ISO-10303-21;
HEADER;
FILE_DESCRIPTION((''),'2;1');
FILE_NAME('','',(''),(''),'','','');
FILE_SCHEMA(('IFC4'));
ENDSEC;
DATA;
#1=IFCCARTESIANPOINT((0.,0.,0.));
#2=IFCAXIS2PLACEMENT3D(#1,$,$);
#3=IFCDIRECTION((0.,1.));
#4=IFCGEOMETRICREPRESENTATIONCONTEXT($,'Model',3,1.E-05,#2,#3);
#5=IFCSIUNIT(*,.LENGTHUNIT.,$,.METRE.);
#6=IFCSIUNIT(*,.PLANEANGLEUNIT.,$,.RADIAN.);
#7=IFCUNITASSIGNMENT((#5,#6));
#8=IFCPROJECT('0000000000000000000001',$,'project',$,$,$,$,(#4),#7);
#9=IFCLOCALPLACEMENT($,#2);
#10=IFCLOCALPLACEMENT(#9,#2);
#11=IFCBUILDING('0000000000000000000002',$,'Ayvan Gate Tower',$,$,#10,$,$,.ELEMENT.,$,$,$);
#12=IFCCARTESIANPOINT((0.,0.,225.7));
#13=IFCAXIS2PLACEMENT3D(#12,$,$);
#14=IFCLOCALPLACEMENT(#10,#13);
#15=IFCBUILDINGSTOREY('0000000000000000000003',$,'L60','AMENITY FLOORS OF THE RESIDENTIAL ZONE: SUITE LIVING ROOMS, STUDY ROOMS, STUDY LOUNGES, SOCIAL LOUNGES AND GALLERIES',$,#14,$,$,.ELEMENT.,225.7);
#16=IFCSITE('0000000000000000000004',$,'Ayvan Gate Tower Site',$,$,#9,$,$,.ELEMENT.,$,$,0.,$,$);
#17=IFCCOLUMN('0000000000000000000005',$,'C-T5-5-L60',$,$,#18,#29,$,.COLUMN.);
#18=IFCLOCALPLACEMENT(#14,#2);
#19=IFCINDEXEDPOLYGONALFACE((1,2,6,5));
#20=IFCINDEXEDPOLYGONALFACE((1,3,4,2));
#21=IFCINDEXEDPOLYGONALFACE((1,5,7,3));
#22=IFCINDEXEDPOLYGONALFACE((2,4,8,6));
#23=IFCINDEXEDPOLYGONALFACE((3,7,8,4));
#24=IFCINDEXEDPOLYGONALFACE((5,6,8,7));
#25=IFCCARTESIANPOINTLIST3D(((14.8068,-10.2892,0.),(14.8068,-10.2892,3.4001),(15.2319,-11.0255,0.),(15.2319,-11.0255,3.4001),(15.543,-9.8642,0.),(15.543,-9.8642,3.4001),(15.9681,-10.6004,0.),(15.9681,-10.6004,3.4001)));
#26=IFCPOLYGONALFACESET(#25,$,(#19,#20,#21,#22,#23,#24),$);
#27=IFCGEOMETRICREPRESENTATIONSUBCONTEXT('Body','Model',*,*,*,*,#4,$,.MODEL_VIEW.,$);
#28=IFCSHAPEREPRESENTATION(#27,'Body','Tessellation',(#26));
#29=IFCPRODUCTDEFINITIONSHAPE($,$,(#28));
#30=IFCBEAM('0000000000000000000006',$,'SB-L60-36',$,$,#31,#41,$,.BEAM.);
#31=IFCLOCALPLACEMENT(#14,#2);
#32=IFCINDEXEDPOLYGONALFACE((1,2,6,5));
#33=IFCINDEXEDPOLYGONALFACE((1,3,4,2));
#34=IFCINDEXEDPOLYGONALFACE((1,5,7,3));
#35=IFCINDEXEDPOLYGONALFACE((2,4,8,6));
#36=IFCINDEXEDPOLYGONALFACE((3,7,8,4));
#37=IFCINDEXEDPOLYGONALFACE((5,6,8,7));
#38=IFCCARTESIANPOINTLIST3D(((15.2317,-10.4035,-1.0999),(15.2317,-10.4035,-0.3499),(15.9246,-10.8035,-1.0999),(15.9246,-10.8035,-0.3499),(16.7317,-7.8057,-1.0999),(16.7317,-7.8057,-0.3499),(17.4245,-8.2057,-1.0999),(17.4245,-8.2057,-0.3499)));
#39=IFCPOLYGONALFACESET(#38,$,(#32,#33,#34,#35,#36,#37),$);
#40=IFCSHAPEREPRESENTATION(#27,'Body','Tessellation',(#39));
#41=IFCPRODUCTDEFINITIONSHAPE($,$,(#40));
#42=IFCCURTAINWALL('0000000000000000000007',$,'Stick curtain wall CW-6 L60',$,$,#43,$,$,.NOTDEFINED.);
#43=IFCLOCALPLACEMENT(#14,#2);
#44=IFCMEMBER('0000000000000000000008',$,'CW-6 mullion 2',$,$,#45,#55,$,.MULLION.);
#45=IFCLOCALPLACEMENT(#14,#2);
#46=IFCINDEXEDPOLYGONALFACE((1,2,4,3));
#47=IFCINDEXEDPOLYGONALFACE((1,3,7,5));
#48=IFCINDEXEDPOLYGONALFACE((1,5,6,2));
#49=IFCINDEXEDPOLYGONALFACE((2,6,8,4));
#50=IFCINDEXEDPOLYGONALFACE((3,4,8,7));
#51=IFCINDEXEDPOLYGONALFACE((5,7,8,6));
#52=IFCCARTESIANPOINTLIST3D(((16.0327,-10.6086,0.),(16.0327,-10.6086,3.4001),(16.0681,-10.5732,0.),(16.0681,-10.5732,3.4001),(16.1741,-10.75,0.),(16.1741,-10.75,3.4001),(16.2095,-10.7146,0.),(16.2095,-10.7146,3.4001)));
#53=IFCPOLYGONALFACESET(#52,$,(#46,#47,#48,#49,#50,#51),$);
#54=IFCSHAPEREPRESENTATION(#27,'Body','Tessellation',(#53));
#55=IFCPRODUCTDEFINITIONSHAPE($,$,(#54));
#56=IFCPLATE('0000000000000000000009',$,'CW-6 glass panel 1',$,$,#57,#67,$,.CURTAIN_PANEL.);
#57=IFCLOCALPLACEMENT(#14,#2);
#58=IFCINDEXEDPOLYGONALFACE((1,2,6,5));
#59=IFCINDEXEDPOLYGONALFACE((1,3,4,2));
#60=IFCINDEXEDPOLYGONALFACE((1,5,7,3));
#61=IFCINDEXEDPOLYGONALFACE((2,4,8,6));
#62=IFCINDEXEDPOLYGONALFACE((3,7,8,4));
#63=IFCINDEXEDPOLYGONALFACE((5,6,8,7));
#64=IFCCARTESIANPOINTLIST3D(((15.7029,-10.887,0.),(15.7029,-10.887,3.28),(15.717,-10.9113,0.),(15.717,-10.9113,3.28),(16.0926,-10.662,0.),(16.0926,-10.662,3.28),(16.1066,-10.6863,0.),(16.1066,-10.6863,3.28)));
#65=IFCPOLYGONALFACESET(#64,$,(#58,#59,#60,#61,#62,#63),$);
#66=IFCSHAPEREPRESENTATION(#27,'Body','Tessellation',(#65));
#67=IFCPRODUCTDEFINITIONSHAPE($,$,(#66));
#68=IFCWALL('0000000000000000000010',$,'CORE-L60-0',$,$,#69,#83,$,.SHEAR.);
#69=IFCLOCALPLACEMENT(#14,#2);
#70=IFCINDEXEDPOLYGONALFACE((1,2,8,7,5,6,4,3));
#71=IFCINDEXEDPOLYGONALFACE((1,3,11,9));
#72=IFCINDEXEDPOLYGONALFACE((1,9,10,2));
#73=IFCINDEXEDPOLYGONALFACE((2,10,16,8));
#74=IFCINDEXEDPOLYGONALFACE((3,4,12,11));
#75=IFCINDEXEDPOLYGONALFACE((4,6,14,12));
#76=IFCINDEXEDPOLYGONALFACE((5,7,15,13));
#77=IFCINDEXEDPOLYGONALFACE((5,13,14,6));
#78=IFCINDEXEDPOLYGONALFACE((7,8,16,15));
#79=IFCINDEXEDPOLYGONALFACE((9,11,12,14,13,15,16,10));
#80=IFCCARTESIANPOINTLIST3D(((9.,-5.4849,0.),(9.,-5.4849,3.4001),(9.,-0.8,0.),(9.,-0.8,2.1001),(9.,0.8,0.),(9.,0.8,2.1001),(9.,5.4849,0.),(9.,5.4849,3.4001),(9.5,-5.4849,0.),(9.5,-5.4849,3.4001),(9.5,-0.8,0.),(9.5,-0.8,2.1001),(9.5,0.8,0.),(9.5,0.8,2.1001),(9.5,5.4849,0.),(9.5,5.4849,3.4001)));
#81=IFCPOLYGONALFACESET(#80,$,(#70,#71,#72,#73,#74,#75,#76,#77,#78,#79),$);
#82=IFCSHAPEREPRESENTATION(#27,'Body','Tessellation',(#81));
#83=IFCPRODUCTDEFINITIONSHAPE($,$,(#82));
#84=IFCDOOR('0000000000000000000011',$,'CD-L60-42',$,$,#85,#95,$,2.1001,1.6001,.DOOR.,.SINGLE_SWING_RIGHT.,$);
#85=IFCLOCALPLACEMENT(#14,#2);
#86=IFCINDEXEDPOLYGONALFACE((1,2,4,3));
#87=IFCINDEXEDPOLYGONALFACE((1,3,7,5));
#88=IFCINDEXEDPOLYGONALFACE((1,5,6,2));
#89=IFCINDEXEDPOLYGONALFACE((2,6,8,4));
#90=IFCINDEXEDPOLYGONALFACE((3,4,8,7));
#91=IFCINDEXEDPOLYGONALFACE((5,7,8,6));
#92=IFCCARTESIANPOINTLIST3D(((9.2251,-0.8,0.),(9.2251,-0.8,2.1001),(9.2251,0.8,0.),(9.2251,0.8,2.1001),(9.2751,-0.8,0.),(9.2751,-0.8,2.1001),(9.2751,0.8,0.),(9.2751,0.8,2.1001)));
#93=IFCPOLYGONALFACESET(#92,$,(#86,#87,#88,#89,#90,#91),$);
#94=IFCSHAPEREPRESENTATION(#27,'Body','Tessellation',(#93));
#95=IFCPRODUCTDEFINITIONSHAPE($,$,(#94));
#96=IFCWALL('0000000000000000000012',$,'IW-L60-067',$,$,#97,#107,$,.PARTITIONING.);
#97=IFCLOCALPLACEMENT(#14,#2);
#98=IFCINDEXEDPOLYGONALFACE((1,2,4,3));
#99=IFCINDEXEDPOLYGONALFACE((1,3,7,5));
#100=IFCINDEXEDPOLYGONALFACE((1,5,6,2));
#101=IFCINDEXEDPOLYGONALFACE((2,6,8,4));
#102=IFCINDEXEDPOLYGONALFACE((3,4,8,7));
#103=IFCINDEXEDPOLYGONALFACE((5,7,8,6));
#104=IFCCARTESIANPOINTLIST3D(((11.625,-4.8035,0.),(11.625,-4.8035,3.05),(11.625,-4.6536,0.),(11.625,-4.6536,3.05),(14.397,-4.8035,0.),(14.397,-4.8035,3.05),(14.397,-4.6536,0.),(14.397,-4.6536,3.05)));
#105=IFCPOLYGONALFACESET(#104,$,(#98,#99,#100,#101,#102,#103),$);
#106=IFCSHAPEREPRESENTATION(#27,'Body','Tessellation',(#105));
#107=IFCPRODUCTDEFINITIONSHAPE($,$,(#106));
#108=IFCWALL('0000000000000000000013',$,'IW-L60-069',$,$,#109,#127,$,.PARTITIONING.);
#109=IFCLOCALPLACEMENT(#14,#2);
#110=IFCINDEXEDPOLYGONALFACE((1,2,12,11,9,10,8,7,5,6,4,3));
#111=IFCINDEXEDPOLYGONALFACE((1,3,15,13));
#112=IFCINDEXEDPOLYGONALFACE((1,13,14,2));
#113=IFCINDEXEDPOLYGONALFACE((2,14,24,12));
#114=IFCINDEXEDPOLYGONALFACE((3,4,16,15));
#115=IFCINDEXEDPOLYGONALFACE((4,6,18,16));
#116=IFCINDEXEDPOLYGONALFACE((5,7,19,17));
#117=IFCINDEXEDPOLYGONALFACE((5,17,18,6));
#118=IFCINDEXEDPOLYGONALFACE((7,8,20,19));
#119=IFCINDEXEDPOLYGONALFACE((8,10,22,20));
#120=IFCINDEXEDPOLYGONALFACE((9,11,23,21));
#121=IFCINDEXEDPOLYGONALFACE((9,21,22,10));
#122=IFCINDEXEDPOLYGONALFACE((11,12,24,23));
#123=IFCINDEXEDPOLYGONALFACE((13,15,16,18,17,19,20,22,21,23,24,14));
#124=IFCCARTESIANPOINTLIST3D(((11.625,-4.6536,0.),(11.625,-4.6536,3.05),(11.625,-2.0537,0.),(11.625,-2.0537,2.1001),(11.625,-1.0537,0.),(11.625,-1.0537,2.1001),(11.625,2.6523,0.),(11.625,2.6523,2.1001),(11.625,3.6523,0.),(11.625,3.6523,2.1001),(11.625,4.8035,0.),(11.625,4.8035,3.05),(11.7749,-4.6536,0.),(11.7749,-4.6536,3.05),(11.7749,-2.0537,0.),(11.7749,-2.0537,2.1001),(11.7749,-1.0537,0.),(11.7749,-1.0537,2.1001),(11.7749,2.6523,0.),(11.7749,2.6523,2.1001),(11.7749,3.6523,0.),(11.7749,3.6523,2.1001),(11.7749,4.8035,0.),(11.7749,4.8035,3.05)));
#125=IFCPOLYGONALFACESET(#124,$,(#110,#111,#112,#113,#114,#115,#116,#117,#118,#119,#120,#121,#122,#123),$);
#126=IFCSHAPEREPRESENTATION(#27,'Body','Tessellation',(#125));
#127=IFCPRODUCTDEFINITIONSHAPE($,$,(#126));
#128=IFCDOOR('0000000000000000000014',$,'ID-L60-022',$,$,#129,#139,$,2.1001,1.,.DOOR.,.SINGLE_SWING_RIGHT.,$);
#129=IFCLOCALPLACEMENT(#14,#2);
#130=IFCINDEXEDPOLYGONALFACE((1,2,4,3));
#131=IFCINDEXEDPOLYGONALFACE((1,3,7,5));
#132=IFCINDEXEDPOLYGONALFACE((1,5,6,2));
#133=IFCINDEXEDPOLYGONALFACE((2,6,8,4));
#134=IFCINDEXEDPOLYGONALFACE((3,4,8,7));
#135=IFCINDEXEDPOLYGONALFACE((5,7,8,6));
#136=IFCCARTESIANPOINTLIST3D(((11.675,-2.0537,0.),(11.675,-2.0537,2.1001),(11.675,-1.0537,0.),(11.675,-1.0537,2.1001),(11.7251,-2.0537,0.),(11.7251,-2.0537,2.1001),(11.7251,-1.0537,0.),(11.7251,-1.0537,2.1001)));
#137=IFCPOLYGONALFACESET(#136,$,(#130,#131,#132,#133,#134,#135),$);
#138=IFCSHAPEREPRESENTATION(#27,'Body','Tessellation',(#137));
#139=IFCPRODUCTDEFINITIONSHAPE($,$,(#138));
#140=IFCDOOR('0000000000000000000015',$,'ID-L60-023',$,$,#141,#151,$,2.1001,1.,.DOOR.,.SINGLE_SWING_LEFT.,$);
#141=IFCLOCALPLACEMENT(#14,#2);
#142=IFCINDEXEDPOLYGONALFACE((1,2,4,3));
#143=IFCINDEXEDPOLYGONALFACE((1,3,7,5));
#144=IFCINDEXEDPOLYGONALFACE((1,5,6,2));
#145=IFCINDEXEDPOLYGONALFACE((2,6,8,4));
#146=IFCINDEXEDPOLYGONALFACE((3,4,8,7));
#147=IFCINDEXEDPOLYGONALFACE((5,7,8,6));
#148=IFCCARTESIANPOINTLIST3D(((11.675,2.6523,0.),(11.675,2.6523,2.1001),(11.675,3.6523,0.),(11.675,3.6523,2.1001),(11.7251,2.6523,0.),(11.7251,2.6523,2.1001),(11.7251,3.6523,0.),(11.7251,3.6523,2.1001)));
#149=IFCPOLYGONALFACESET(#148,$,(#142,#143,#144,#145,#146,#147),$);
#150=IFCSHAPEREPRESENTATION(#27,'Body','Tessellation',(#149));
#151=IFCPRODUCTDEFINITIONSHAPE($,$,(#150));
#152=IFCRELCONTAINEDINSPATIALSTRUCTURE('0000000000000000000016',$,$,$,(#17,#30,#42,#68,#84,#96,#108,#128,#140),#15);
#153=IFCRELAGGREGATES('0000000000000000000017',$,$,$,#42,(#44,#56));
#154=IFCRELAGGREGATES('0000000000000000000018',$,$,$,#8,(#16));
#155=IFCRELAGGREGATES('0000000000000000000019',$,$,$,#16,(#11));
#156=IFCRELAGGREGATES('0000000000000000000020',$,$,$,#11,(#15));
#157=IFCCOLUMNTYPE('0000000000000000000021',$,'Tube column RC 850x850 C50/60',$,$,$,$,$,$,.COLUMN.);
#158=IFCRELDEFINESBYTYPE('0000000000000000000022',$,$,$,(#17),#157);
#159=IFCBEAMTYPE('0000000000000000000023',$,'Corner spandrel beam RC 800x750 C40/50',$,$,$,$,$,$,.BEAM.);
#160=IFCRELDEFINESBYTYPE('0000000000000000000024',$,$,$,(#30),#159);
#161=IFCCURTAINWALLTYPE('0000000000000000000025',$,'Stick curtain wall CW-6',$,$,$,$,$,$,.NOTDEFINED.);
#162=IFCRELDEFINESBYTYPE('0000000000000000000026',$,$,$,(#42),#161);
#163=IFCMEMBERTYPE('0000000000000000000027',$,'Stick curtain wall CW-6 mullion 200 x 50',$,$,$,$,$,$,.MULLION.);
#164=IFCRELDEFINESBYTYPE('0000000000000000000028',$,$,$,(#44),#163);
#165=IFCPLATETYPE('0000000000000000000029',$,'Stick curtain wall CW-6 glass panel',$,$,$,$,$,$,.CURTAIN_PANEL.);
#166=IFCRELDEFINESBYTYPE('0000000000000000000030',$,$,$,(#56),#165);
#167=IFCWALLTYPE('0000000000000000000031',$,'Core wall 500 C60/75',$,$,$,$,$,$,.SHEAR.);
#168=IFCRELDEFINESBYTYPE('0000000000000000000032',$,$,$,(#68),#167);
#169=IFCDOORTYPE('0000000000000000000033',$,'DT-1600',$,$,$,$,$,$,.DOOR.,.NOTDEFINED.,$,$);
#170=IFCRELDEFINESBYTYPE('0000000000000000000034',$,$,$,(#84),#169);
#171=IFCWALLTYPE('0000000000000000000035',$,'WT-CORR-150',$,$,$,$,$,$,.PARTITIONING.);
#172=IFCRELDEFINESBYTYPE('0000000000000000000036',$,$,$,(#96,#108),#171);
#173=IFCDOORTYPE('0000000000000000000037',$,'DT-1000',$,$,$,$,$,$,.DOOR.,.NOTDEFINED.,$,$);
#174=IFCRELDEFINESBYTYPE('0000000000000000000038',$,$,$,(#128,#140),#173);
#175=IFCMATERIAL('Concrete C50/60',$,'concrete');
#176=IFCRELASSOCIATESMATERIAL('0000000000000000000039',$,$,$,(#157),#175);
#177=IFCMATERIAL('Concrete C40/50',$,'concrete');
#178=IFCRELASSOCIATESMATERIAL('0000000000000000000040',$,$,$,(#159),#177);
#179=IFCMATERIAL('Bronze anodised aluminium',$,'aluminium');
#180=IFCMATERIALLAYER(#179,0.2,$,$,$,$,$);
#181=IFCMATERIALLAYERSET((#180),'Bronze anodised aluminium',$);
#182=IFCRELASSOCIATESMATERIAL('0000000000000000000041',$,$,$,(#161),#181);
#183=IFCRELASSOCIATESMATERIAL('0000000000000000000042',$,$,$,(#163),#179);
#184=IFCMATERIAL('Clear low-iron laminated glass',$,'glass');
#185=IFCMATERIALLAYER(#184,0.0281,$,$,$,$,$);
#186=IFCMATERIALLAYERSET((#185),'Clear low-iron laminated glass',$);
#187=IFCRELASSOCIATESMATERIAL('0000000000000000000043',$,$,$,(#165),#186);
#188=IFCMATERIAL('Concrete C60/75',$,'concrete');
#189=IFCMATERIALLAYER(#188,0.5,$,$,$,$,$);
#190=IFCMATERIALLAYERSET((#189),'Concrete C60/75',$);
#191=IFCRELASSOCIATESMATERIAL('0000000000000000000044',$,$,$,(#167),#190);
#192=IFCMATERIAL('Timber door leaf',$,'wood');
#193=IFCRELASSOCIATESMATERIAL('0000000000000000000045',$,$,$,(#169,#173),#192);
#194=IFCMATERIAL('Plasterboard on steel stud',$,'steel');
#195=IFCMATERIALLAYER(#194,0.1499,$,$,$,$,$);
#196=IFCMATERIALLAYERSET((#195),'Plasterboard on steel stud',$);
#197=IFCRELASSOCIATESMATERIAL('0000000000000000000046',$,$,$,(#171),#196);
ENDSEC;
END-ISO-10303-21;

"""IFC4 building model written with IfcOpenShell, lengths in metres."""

from ifc_helpers import new_model, si_unit, direction, frame, frame_2d, origin, origin_2d, place, context, subcontext, project, spatial, rectangle, extrude, material, layer, layer_set, material_profile, profile_set, type_object, element, fill, aggregate, save


model = new_model("IFC4")

# Units and contexts
model_context = context("Model", 3, precision=1e-05, world=origin(), true_north=direction((0.0, 1.0)))
body_context = subcontext(model_context, "Body", "Model", "MODEL_VIEW")
ifc_project = project(units=[si_unit("LENGTHUNIT", "METRE"), si_unit("PLANEANGLEUNIT", "RADIAN")], contexts=[model_context])

# Site, building, storey
site_placement = place(None, origin())
site = spatial("IfcSite", under=ifc_project, at=site_placement, Name="Ayvan Gate Tower Site", CompositionType="ELEMENT", RefElevation=0.0)
building_placement = place(site_placement, origin())
building = spatial("IfcBuilding", under=site, at=building_placement, Name="Ayvan Gate Tower", CompositionType="ELEMENT")
storey_placement = place(building_placement, frame((0.0, 0.0, 225.7)))
storey = spatial("IfcBuildingStorey", under=building, at=storey_placement, Name="L60", Description="AMENITY FLOORS OF THE RESIDENTIAL ZONE: SUITE LIVING ROOMS, STUDY ROOMS, STUDY LOUNGES, SOCIAL LOUNGES AND GALLERIES", CompositionType="ELEMENT", Elevation=225.7)

# Column
ifc_material_1 = material(Name="Concrete C50/60", Category="concrete")
ifc_material_profile_1 = material_profile(ifc_material_1, rectangle(XDim=0.8501, YDim=0.8501, at=origin_2d()), Name="RC 850x850")
ifc_profile_set_1 = profile_set([ifc_material_profile_1], Name="Concrete C50/60")
column_type = type_object("IfcColumnType", Name="Tube column RC 850x850 C50/60", PredefinedType="COLUMN", material=ifc_profile_set_1)
column_placement = place(storey_placement, frame((15.3875, -10.4448, 0.0), z_axis=(0.0, 0.0, 1.0), x_axis=(0.5, -0.866025, 0.0)))
element("IfcColumn", 1, at=column_placement, inside=storey, type_object=column_type, Name="C-T5-5-L60", PredefinedType="COLUMN", context=body_context, shape_type="SweptSolid", body=[
    extrude(rectangle(XDim=0.8501, YDim=0.8501, at=origin_2d()), origin(), (0.0, 0.0, 1.0), 3.4001),
])

# Beam
ifc_material_2 = material(Name="Concrete C40/50", Category="concrete")
ifc_material_profile_2 = material_profile(ifc_material_2, rectangle(XDim=0.8, YDim=0.75, at=origin_2d()), Name="RC 800x750")
ifc_profile_set_2 = profile_set([ifc_material_profile_2], Name="Concrete C40/50")
beam_type = type_object("IfcBeamType", Name="Corner spandrel beam RC 800x750 C40/50", PredefinedType="BEAM", material=ifc_profile_set_2)
beam_placement = place(storey_placement, frame((15.5781, -10.6035, -0.7249), z_axis=(0.500025, 0.866011, 0.0), x_axis=(-0.866011, 0.500025, 0.0)))
element("IfcBeam", 2, at=beam_placement, inside=storey, type_object=beam_type, Name="SB-L60-36", PredefinedType="BEAM", context=body_context, shape_type="SweptSolid", body=[
    extrude(rectangle(XDim=0.8, YDim=0.75, at=origin_2d()), origin(), (0.0, 0.0, 1.0), 2.9998),
])

# Curtain wall, member, plate
ifc_material_3 = material(Name="Bronze anodised aluminium", Category="aluminium")
ifc_layer_1 = layer(ifc_material_3, 0.2)
ifc_layer_set_1 = layer_set([ifc_layer_1], Name="Bronze anodised aluminium")
curtain_wall_type = type_object("IfcCurtainWallType", Name="Stick curtain wall CW-6", PredefinedType="NOTDEFINED", material=ifc_layer_set_1)
curtain_wall_placement = place(storey_placement, origin())
curtain_wall = element("IfcCurtainWall", 3, at=curtain_wall_placement, inside=storey, type_object=curtain_wall_type, Name="Stick curtain wall CW-6 L60", PredefinedType="NOTDEFINED")
ifc_material_profile_3 = material_profile(ifc_material_3, rectangle(XDim=0.2, YDim=0.05, at=origin_2d()), Name="Stick curtain wall CW-6 mullion 200 x 50")
ifc_profile_set_3 = profile_set([ifc_material_profile_3], Name="Bronze anodised aluminium")
member_type = type_object("IfcMemberType", Name="Stick curtain wall CW-6 mullion 200 x 50", PredefinedType="MULLION", material=ifc_profile_set_3)
member_placement = place(storey_placement, frame((16.1211, -10.6616, 0.0), z_axis=(0.0, 0.0, 1.0), x_axis=(0.707107, -0.707107, 0.0)))
member = element("IfcMember", 4, at=member_placement, type_object=member_type, Name="CW-6 mullion 2", PredefinedType="MULLION", context=body_context, shape_type="SweptSolid", body=[
    extrude(rectangle(XDim=0.2, YDim=0.05, at=origin_2d()), origin(), (0.0, 0.0, 1.0), 3.4001),
])
ifc_material_4 = material(Name="Clear low-iron laminated glass", Category="glass")
ifc_layer_2 = layer(ifc_material_4, 0.0281)
ifc_layer_set_2 = layer_set([ifc_layer_2], Name="Clear low-iron laminated glass")
plate_type = type_object("IfcPlateType", Name="Stick curtain wall CW-6 glass panel", PredefinedType="CURTAIN_PANEL", material=ifc_layer_set_2)
plate_placement = place(storey_placement, frame((15.9048, -10.7866, 0.0), z_axis=(0.0, 0.0, 1.0), x_axis=(0.866025, 0.5, 0.0)))
plate = element("IfcPlate", 5, at=plate_placement, type_object=plate_type, Name="CW-6 glass panel 1", PredefinedType="CURTAIN_PANEL", context=body_context, shape_type="SweptSolid", body=[
    extrude(rectangle(XDim=0.45, YDim=0.0281, at=origin_2d()), origin(), (0.0, 0.0, 1.0), 3.28),
])
aggregate(curtain_wall, [member, plate])

# Wall, opening, door
ifc_material_5 = material(Name="Concrete C60/75", Category="concrete")
ifc_layer_3 = layer(ifc_material_5, 0.5)
ifc_layer_set_3 = layer_set([ifc_layer_3], Name="Concrete C60/75")
wall_type_1 = type_object("IfcWallType", Name="Core wall 500 C60/75", PredefinedType="SHEAR", material=ifc_layer_set_3)
wall_1_placement = place(storey_placement, frame((9.25, -5.4849, 0.0), z_axis=(0.0, 0.0, 1.0), x_axis=(0.0, 1.0, 0.0)))
wall_1 = element("IfcWall", 6, at=wall_1_placement, inside=storey, type_object=wall_type_1, Name="CORE-L60-0", PredefinedType="SHEAR", context=body_context, shape_type="SweptSolid", body=[
    extrude(rectangle(XDim=10.9697, YDim=0.5, at=frame_2d((5.4849, 0.0))), origin(), (0.0, 0.0, 1.0), 3.4001),
])
opening_1_placement = place(wall_1_placement, frame((4.6848, 0.0, 0.0)))
opening_1 = element("IfcOpeningElement", 7, at=opening_1_placement, cuts=wall_1, PredefinedType="OPENING", context=body_context, shape_type="SweptSolid", body=[
    extrude(rectangle(XDim=1.6001, YDim=2.1001, at=frame_2d((0.8, 1.05))), frame((0.0, 0.26, 0.0), z_axis=(0.0, -1.0, 0.0), x_axis=(1.0, 0.0, 0.0)), (0.0, 0.0, 1.0), 0.52),
])
ifc_material_6 = material(Name="Timber door leaf", Category="wood")
door_type_1 = type_object("IfcDoorType", Name="DT-1600", OperationType="NOTDEFINED", PredefinedType="DOOR", material=ifc_material_6)
door_1_placement = place(opening_1_placement, origin())
door_1 = element("IfcDoor", 8, at=door_1_placement, inside=storey, type_object=door_type_1, Name="CD-L60-42", OperationType="SINGLE_SWING_RIGHT", OverallHeight=2.1001, OverallWidth=1.6001, PredefinedType="DOOR", context=body_context, shape_type="SweptSolid", body=[
    extrude(rectangle(XDim=1.6001, YDim=2.1001, at=frame_2d((0.8, 1.05))), frame((0.0, 0.0249, 0.0), z_axis=(0.0, -1.0, 0.0), x_axis=(1.0, 0.0, 0.0)), (0.0, 0.0, 1.0), 0.05),
])
fill(opening_1, door_1)

# Wall
ifc_material_7 = material(Name="Plasterboard on steel stud", Category="steel")
ifc_layer_4 = layer(ifc_material_7, 0.1499)
ifc_layer_set_4 = layer_set([ifc_layer_4], Name="Plasterboard on steel stud")
wall_type_2 = type_object("IfcWallType", Name="WT-CORR-150", PredefinedType="PARTITIONING", material=ifc_layer_set_4)
wall_2_placement = place(storey_placement, frame((11.625, -4.7285, 0.0), z_axis=(0.0, 0.0, 1.0), x_axis=(1.0, 0.0, 0.0)))
element("IfcWall", 9, at=wall_2_placement, inside=storey, type_object=wall_type_2, Name="IW-L60-067", PredefinedType="PARTITIONING", context=body_context, shape_type="SweptSolid", body=[
    extrude(rectangle(XDim=2.772, YDim=0.1499, at=frame_2d((1.386, 0.0))), origin(), (0.0, 0.0, 1.0), 3.05),
])

# Wall, openings, doors
wall_3_placement = place(storey_placement, frame((11.7, -4.6536, 0.0), z_axis=(0.0, 0.0, 1.0), x_axis=(0.0, 1.0, 0.0)))
wall_3 = element("IfcWall", 10, at=wall_3_placement, inside=storey, type_object=wall_type_2, Name="IW-L60-069", PredefinedType="PARTITIONING", context=body_context, shape_type="SweptSolid", body=[
    extrude(rectangle(XDim=9.457, YDim=0.1499, at=frame_2d((4.7285, 0.0))), origin(), (0.0, 0.0, 1.0), 3.05),
])
opening_2_placement = place(wall_3_placement, frame((2.5999, 0.0, 0.0)))
opening_2 = element("IfcOpeningElement", 11, at=opening_2_placement, cuts=wall_3, PredefinedType="OPENING", context=body_context, shape_type="SweptSolid", body=[
    extrude(rectangle(XDim=1.0, YDim=2.1001, at=frame_2d((0.5, 1.05))), frame((0.0, 0.085, 0.0), z_axis=(0.0, -1.0, 0.0), x_axis=(1.0, 0.0, 0.0)), (0.0, 0.0, 1.0), 0.1699),
])
opening_3_placement = place(wall_3_placement, frame((7.3059, 0.0, 0.0)))
opening_3 = element("IfcOpeningElement", 12, at=opening_3_placement, cuts=wall_3, PredefinedType="OPENING", context=body_context, shape_type="SweptSolid", body=[
    extrude(rectangle(XDim=1.0, YDim=2.1001, at=frame_2d((0.5, 1.05))), frame((0.0, 0.085, 0.0), z_axis=(0.0, -1.0, 0.0), x_axis=(1.0, 0.0, 0.0)), (0.0, 0.0, 1.0), 0.1699),
])
door_type_2 = type_object("IfcDoorType", Name="DT-1000", OperationType="NOTDEFINED", PredefinedType="DOOR", material=ifc_material_6)
door_2_placement = place(opening_2_placement, origin())
door_2 = element("IfcDoor", 13, at=door_2_placement, inside=storey, type_object=door_type_2, Name="ID-L60-022", OperationType="SINGLE_SWING_RIGHT", OverallHeight=2.1001, OverallWidth=1.0, PredefinedType="DOOR", context=body_context, shape_type="SweptSolid", body=[
    extrude(rectangle(XDim=1.0, YDim=2.1001, at=frame_2d((0.5, 1.05))), frame((0.0, 0.0249, 0.0), z_axis=(0.0, -1.0, 0.0), x_axis=(1.0, 0.0, 0.0)), (0.0, 0.0, 1.0), 0.05),
])
fill(opening_2, door_2)
door_3_placement = place(opening_3_placement, origin())
door_3 = element("IfcDoor", 14, at=door_3_placement, inside=storey, type_object=door_type_2, Name="ID-L60-023", OperationType="SINGLE_SWING_LEFT", OverallHeight=2.1001, OverallWidth=1.0, PredefinedType="DOOR", context=body_context, shape_type="SweptSolid", body=[
    extrude(rectangle(XDim=1.0, YDim=2.1001, at=frame_2d((0.5, 1.05))), frame((0.0, 0.0249, 0.0), z_axis=(0.0, -1.0, 0.0), x_axis=(1.0, 0.0, 0.0)), (0.0, 0.0, 1.0), 0.05),
])
fill(opening_3, door_3)

save(model, "model.ifc")
